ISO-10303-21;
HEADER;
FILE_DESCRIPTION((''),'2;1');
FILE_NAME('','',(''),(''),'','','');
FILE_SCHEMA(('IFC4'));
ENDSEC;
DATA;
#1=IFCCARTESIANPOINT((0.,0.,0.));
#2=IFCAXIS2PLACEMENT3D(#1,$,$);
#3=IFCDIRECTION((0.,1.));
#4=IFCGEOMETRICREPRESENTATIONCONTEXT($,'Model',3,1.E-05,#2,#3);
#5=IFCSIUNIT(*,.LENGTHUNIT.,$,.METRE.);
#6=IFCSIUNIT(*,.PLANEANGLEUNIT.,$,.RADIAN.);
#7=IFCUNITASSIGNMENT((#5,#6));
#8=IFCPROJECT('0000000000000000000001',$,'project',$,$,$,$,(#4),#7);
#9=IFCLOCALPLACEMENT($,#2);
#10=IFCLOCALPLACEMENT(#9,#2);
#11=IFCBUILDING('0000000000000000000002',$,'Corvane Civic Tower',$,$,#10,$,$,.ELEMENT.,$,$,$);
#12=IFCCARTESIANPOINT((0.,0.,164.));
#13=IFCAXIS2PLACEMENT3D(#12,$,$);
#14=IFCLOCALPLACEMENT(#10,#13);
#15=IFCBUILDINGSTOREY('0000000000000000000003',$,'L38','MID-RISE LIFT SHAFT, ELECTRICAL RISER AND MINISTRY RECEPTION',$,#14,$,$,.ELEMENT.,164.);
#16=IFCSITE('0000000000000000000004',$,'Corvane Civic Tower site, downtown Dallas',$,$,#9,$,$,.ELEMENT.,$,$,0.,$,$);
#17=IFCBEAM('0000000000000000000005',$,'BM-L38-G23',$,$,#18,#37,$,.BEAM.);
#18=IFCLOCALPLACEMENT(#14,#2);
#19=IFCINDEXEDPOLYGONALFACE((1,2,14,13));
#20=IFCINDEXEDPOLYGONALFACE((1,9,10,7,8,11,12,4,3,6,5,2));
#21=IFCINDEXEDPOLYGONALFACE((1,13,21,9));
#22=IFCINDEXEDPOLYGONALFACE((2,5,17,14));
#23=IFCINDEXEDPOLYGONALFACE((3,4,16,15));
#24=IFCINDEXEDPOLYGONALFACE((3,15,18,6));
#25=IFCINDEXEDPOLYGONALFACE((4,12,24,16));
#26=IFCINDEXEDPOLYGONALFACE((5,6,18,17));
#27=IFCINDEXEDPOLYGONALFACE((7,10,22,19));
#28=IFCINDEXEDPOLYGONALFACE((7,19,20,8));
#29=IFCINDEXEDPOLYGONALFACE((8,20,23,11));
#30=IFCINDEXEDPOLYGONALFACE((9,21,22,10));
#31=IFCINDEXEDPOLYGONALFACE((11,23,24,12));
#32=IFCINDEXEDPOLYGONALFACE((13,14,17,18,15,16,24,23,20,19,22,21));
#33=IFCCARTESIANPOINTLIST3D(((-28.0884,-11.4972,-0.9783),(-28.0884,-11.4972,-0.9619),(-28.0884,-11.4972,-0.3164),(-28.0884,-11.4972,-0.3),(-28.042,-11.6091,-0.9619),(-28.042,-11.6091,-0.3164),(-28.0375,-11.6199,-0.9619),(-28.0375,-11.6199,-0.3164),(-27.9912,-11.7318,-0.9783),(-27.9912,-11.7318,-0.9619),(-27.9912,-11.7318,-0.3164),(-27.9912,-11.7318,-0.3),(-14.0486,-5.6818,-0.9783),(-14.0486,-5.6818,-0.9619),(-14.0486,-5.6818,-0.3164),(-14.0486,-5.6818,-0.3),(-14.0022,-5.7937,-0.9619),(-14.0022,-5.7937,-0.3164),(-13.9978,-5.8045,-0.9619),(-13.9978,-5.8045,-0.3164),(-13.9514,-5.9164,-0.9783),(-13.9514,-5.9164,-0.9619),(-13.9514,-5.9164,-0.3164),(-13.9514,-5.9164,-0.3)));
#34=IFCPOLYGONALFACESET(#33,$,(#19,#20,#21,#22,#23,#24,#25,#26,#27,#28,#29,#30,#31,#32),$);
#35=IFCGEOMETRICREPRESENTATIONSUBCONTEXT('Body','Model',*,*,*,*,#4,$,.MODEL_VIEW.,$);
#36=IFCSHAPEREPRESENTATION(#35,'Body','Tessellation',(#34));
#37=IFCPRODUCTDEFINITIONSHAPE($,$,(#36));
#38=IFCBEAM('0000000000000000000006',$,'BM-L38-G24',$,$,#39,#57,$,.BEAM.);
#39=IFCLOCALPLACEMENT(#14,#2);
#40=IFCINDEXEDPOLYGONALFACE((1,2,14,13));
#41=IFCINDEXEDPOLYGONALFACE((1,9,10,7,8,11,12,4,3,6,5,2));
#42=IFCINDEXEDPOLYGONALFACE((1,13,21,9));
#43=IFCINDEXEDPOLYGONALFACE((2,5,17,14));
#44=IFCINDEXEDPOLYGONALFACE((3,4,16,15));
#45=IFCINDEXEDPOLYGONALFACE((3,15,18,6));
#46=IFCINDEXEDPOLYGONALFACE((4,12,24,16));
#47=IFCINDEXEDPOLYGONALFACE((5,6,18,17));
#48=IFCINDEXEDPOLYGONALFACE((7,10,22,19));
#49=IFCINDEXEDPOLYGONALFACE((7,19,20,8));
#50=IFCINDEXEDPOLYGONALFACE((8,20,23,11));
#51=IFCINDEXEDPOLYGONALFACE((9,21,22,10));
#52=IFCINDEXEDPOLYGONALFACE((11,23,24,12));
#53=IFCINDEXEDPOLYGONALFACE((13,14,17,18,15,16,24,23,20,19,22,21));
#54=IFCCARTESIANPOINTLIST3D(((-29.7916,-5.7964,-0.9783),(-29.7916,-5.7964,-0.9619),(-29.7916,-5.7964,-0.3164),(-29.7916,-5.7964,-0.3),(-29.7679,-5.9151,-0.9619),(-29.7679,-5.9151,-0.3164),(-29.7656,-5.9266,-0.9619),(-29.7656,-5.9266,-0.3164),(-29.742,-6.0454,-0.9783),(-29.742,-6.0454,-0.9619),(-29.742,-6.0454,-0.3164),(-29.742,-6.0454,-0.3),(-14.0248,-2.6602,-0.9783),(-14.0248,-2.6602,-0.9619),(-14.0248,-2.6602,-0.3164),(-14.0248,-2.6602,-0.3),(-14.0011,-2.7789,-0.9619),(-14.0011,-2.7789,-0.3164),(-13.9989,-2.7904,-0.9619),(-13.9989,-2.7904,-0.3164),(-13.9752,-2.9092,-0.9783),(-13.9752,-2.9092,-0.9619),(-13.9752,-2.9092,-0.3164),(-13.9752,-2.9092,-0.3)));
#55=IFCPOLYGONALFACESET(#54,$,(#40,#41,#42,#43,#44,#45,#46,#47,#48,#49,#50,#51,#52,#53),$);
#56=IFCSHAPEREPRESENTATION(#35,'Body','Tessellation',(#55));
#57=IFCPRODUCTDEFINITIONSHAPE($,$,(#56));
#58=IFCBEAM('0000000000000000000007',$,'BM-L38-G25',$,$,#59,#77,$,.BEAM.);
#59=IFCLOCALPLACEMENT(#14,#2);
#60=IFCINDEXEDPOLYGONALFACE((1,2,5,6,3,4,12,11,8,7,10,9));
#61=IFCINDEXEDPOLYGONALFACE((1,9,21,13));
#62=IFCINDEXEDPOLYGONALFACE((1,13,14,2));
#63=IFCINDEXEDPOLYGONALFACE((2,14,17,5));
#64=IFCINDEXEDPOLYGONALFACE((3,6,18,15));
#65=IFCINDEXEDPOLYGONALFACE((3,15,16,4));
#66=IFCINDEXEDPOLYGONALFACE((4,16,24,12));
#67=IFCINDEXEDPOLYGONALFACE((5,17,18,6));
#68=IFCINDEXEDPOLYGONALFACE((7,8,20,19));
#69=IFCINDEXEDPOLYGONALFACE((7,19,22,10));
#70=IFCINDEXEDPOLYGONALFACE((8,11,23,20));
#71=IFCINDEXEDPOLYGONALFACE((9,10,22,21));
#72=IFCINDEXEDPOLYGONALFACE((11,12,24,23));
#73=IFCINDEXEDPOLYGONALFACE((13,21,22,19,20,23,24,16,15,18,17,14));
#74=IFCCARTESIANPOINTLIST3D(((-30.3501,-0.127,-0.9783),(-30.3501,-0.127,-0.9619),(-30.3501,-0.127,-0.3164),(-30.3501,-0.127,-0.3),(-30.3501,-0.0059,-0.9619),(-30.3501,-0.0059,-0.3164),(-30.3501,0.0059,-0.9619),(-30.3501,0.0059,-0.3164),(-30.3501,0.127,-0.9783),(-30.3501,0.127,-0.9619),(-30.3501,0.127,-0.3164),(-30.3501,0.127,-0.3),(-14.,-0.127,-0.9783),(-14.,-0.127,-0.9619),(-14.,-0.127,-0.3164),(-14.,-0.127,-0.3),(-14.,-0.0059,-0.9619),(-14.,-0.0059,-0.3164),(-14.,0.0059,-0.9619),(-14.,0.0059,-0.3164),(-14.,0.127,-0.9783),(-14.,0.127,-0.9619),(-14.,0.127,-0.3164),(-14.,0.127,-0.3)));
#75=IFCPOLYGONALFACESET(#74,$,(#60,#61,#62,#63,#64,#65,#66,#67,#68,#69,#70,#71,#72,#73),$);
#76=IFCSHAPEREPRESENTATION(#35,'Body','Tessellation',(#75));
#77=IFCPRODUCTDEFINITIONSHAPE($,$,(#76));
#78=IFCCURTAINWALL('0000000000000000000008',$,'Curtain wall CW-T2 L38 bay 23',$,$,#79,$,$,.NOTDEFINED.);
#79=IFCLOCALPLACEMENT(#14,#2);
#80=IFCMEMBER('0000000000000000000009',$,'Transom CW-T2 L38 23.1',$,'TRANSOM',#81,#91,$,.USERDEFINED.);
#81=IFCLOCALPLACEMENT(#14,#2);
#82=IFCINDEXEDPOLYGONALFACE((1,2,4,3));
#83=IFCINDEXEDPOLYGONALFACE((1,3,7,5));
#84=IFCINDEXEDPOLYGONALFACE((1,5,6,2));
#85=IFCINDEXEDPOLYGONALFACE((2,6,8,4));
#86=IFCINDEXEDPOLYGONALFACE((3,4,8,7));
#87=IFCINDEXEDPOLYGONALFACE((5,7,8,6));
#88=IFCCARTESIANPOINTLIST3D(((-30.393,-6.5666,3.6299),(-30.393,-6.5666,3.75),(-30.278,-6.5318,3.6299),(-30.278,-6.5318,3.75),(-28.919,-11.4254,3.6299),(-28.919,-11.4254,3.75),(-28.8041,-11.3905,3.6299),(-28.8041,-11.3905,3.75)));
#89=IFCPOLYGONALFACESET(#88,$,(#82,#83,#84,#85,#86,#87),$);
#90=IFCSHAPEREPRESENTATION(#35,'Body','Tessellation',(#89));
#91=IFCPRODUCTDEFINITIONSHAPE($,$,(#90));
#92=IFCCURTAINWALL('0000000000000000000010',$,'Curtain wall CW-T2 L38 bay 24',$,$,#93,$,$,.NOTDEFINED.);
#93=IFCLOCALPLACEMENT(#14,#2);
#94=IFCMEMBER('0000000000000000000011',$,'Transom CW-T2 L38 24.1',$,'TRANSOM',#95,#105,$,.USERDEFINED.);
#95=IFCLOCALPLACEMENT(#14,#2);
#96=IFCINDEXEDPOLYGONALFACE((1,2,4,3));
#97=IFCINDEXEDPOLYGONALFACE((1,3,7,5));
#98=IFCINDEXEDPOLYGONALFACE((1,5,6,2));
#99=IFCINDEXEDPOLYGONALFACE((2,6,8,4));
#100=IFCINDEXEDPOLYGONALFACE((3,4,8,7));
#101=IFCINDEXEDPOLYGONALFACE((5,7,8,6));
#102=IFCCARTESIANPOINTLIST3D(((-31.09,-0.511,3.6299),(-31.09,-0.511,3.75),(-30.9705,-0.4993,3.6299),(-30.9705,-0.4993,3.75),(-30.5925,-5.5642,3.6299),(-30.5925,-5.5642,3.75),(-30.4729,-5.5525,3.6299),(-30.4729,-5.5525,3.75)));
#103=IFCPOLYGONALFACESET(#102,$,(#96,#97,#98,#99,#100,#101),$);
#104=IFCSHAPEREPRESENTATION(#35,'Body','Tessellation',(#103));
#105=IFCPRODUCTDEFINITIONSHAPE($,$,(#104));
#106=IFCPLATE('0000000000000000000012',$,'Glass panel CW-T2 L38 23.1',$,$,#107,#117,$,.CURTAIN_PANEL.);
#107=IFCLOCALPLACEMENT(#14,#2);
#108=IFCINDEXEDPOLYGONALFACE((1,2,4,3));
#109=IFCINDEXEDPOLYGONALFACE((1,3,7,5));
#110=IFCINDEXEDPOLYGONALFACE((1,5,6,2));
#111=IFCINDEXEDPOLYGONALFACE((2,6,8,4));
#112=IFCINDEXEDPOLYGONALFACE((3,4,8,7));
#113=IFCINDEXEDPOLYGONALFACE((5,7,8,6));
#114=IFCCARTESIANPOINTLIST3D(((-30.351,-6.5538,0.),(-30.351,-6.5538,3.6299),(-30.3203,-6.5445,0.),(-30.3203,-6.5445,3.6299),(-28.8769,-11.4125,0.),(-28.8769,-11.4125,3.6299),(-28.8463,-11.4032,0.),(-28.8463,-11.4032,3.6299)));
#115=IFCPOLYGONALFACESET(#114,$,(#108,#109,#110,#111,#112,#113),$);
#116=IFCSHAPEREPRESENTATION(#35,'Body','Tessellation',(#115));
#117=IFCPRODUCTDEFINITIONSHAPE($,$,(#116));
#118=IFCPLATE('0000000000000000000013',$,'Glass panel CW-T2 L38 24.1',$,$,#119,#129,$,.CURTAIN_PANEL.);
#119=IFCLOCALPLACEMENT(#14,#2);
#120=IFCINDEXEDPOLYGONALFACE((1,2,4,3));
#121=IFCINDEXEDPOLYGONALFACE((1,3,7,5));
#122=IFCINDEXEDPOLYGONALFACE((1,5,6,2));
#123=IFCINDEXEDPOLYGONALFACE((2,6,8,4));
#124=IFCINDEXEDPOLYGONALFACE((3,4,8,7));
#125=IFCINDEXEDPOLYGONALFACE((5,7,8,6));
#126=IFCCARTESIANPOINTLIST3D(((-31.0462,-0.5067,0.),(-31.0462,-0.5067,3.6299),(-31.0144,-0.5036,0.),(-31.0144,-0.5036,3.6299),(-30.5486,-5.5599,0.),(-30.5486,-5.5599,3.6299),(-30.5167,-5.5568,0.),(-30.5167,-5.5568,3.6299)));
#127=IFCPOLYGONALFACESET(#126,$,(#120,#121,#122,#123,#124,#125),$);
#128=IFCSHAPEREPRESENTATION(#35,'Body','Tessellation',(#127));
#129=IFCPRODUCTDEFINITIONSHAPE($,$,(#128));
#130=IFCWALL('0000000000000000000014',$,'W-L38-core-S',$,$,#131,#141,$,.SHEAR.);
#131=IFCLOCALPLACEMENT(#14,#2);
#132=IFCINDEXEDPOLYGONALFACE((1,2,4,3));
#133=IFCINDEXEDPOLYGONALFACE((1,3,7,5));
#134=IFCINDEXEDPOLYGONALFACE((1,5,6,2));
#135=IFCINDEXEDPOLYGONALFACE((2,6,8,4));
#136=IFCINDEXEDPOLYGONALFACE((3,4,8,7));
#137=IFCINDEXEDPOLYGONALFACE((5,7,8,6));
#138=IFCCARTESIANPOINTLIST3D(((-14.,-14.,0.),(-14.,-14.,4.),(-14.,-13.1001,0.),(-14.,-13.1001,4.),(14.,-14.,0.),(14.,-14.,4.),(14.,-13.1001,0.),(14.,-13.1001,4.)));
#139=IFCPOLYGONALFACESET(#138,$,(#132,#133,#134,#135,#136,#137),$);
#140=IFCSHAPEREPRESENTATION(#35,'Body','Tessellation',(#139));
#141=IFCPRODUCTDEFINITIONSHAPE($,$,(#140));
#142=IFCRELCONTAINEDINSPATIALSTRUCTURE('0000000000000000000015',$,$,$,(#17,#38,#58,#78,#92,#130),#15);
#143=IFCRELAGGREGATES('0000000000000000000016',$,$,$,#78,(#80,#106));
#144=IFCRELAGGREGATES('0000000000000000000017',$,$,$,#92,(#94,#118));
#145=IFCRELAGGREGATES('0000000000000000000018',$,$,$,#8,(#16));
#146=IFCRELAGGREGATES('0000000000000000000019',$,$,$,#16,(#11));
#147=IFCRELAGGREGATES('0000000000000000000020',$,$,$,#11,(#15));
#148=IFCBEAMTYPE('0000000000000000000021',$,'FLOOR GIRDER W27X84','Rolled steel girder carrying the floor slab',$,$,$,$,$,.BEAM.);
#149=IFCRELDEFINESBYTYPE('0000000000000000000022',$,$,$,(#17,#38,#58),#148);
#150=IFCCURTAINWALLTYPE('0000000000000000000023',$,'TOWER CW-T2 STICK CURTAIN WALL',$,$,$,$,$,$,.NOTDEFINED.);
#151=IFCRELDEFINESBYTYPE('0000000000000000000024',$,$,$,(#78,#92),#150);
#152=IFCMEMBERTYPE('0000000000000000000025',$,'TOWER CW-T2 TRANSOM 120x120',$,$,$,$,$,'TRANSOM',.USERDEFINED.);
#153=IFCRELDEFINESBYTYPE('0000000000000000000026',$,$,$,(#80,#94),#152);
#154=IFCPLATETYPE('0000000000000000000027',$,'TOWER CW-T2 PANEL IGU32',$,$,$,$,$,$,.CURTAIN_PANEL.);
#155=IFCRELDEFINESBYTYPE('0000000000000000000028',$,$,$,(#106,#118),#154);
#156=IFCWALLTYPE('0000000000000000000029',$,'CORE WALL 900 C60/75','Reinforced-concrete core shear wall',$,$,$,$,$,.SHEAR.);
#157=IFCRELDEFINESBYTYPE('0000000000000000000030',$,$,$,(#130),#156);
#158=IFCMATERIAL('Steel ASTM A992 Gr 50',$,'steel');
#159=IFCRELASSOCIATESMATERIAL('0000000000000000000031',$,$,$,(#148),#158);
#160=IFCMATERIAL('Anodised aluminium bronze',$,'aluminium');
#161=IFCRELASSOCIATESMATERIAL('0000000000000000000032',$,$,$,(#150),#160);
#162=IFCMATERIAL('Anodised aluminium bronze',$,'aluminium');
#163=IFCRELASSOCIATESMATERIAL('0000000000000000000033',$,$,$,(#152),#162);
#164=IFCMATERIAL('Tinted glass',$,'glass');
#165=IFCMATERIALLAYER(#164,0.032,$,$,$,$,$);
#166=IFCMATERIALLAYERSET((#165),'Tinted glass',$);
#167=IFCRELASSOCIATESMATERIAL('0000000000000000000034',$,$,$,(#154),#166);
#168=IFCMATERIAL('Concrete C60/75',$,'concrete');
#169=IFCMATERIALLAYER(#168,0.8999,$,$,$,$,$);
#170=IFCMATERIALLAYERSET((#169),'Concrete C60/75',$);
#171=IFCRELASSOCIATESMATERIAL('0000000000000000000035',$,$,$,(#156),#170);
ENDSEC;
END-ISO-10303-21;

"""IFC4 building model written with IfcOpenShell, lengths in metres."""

from ifc_helpers import new_model, si_unit, direction, frame, frame_2d, origin, origin_2d, place, context, subcontext, project, spatial, rectangle, i_section, extrude, material, layer, layer_set, material_profile, profile_set, type_object, element, aggregate, save


model = new_model("IFC4")

# Units and contexts
model_context = context("Model", 3, precision=1e-05, world=origin(), true_north=direction((0.0, 1.0)))
body_context = subcontext(model_context, "Body", "Model", "MODEL_VIEW")
ifc_project = project(units=[si_unit("LENGTHUNIT", "METRE"), si_unit("PLANEANGLEUNIT", "RADIAN")], contexts=[model_context])

# Site, building, storey
site_placement = place(None, origin())
site = spatial("IfcSite", under=ifc_project, at=site_placement, Name="Corvane Civic Tower site, downtown Dallas", CompositionType="ELEMENT", RefElevation=0.0)
building_placement = place(site_placement, origin())
building = spatial("IfcBuilding", under=site, at=building_placement, Name="Corvane Civic Tower", CompositionType="ELEMENT")
storey_placement = place(building_placement, frame((0.0, 0.0, 164.0)))
storey = spatial("IfcBuildingStorey", under=building, at=storey_placement, Name="L38", Description="MID-RISE LIFT SHAFT, ELECTRICAL RISER AND MINISTRY RECEPTION", CompositionType="ELEMENT", Elevation=164.0)

# Beams
ifc_material_1 = material(Name="Steel ASTM A992 Gr 50", Category="steel")
ifc_material_profile_1 = material_profile(ifc_material_1, i_section(OverallWidth=0.2539, OverallDepth=0.6782, WebThickness=0.0117, FlangeThickness=0.0164, at=origin_2d()), Name="W27X84")
ifc_profile_set_1 = profile_set([ifc_material_profile_1], Name="Steel ASTM A992 Gr 50")
beam_type_1 = type_object("IfcBeamType", Name="FLOOR GIRDER W27X84", Description="Rolled steel girder carrying the floor slab", PredefinedType="BEAM", material=ifc_profile_set_1)
beam_1_placement = place(storey_placement, frame((-14.0, -5.7991, -0.6392), z_axis=(-0.923881, -0.382681, 0.0), x_axis=(0.382681, -0.923881, 0.0)))
element("IfcBeam", 1, at=beam_1_placement, inside=storey, type_object=beam_type_1, Name="BM-L38-G23", PredefinedType="BEAM", context=body_context, shape_type="SweptSolid", body=[
    extrude(i_section(OverallWidth=0.2539, OverallDepth=0.6782, WebThickness=0.0117, FlangeThickness=0.0164, at=origin_2d()), origin(), (0.0, 0.0, 1.0), 15.1965),
])
beam_2_placement = place(storey_placement, frame((-14.0, -2.7847, -0.6392), z_axis=(-0.980785, -0.195091, 0.0), x_axis=(0.195091, -0.980785, 0.0)))
element("IfcBeam", 2, at=beam_2_placement, inside=storey, type_object=beam_type_1, Name="BM-L38-G24", PredefinedType="BEAM", context=body_context, shape_type="SweptSolid", body=[
    extrude(i_section(OverallWidth=0.2539, OverallDepth=0.6782, WebThickness=0.0117, FlangeThickness=0.0164, at=origin_2d()), origin(), (0.0, 0.0, 1.0), 16.0757),
])
beam_3_placement = place(storey_placement, frame((-14.0, 0.0, -0.6392), z_axis=(-1.0, 0.0, 0.0), x_axis=(0.0, -1.0, 0.0)))
element("IfcBeam", 3, at=beam_3_placement, inside=storey, type_object=beam_type_1, Name="BM-L38-G25", PredefinedType="BEAM", context=body_context, shape_type="SweptSolid", body=[
    extrude(i_section(OverallWidth=0.2539, OverallDepth=0.6782, WebThickness=0.0117, FlangeThickness=0.0164, at=origin_2d()), origin(), (0.0, 0.0, 1.0), 16.3501),
])

# Curtain walls, members
ifc_material_2 = material(Name="Anodised aluminium bronze", Category="aluminium")
curtain_wall_type = type_object("IfcCurtainWallType", Name="TOWER CW-T2 STICK CURTAIN WALL", PredefinedType="NOTDEFINED", material=ifc_material_2)
curtain_wall_1_placement = place(storey_placement, origin())
curtain_wall_1 = element("IfcCurtainWall", 4, at=curtain_wall_1_placement, inside=storey, type_object=curtain_wall_type, Name="Curtain wall CW-T2 L38 bay 23", PredefinedType="NOTDEFINED")
ifc_material_3 = material(Name="Anodised aluminium bronze", Category="aluminium")
ifc_material_profile_2 = material_profile(ifc_material_3, rectangle(XDim=0.1201, YDim=0.1201, at=origin_2d()), Name="TOWER CW-T2 TRANSOM 120x120")
ifc_profile_set_2 = profile_set([ifc_material_profile_2], Name="Anodised aluminium bronze")
member_type = type_object("IfcMemberType", Name="TOWER CW-T2 TRANSOM 120x120", ElementType="TRANSOM", PredefinedType="USERDEFINED", material=ifc_profile_set_2)
member_1_placement = place(storey_placement, frame((-28.8616, -11.408, 3.6899), z_axis=(-0.290289, 0.956939, 0.0), x_axis=(-0.956939, -0.290289, 0.0)))
member_1 = element("IfcMember", 5, at=member_1_placement, type_object=member_type, Name="Transom CW-T2 L38 23.1", ObjectType="TRANSOM", PredefinedType="USERDEFINED", context=body_context, shape_type="SweptSolid", body=[
    extrude(rectangle(XDim=0.1201, YDim=0.1201, at=origin_2d()), origin(), (0.0, 0.0, 1.0), 5.0774),
])
curtain_wall_2_placement = place(storey_placement, origin())
curtain_wall_2 = element("IfcCurtainWall", 6, at=curtain_wall_2_placement, inside=storey, type_object=curtain_wall_type, Name="Curtain wall CW-T2 L38 bay 24", PredefinedType="NOTDEFINED")
member_2_placement = place(storey_placement, frame((-30.5327, -5.5583, 3.6899), z_axis=(-0.09799, 0.995187, 0.0), x_axis=(-0.995187, -0.09799, 0.0)))
member_2 = element("IfcMember", 7, at=member_2_placement, type_object=member_type, Name="Transom CW-T2 L38 24.1", ObjectType="TRANSOM", PredefinedType="USERDEFINED", context=body_context, shape_type="SweptSolid", body=[
    extrude(rectangle(XDim=0.1201, YDim=0.1201, at=origin_2d()), origin(), (0.0, 0.0, 1.0), 5.0776),
])

# Plates
ifc_material_4 = material(Name="Tinted glass", Category="glass")
ifc_layer_1 = layer(ifc_material_4, 0.032)
ifc_layer_set_1 = layer_set([ifc_layer_1], Name="Tinted glass")
plate_type = type_object("IfcPlateType", Name="TOWER CW-T2 PANEL IGU32", PredefinedType="CURTAIN_PANEL", material=ifc_layer_set_1)
plate_1_placement = place(storey_placement, frame((-29.5986, -8.9785, 0.0), z_axis=(0.0, 0.0, 1.0), x_axis=(-0.290313, 0.956932, 0.0)))
plate_1 = element("IfcPlate", 8, at=plate_1_placement, type_object=plate_type, Name="Glass panel CW-T2 L38 23.1", PredefinedType="CURTAIN_PANEL", context=body_context, shape_type="SweptSolid", body=[
    extrude(rectangle(XDim=5.0774, YDim=0.032, at=origin_2d()), origin(), (0.0, 0.0, 1.0), 3.6299),
])
aggregate(curtain_wall_1, [member_1, plate_1])
plate_2_placement = place(storey_placement, frame((-30.7815, -3.0317, 0.0), z_axis=(0.0, 0.0, 1.0), x_axis=(-0.098012, 0.995185, 0.0)))
plate_2 = element("IfcPlate", 9, at=plate_2_placement, type_object=plate_type, Name="Glass panel CW-T2 L38 24.1", PredefinedType="CURTAIN_PANEL", context=body_context, shape_type="SweptSolid", body=[
    extrude(rectangle(XDim=5.0776, YDim=0.032, at=origin_2d()), origin(), (0.0, 0.0, 1.0), 3.6299),
])
aggregate(curtain_wall_2, [member_2, plate_2])

# Wall
ifc_material_5 = material(Name="Concrete C60/75", Category="concrete")
ifc_layer_2 = layer(ifc_material_5, 0.8999)
ifc_layer_set_2 = layer_set([ifc_layer_2], Name="Concrete C60/75")
wall_type_1 = type_object("IfcWallType", Name="CORE WALL 900 C60/75", Description="Reinforced-concrete core shear wall", PredefinedType="SHEAR", material=ifc_layer_set_2)
wall_1_placement = place(storey_placement, frame((-14.0, -13.55, 0.0), z_axis=(0.0, 0.0, 1.0), x_axis=(1.0, 0.0, 0.0)))
element("IfcWall", 10, at=wall_1_placement, inside=storey, type_object=wall_type_1, Name="W-L38-core-S", PredefinedType="SHEAR", context=body_context, shape_type="SweptSolid", body=[
    extrude(rectangle(XDim=28.0, YDim=0.8999, at=frame_2d((14.0, 0.0))), origin(), (0.0, 0.0, 1.0), 4.0),
])

save(model, "model.ifc")
